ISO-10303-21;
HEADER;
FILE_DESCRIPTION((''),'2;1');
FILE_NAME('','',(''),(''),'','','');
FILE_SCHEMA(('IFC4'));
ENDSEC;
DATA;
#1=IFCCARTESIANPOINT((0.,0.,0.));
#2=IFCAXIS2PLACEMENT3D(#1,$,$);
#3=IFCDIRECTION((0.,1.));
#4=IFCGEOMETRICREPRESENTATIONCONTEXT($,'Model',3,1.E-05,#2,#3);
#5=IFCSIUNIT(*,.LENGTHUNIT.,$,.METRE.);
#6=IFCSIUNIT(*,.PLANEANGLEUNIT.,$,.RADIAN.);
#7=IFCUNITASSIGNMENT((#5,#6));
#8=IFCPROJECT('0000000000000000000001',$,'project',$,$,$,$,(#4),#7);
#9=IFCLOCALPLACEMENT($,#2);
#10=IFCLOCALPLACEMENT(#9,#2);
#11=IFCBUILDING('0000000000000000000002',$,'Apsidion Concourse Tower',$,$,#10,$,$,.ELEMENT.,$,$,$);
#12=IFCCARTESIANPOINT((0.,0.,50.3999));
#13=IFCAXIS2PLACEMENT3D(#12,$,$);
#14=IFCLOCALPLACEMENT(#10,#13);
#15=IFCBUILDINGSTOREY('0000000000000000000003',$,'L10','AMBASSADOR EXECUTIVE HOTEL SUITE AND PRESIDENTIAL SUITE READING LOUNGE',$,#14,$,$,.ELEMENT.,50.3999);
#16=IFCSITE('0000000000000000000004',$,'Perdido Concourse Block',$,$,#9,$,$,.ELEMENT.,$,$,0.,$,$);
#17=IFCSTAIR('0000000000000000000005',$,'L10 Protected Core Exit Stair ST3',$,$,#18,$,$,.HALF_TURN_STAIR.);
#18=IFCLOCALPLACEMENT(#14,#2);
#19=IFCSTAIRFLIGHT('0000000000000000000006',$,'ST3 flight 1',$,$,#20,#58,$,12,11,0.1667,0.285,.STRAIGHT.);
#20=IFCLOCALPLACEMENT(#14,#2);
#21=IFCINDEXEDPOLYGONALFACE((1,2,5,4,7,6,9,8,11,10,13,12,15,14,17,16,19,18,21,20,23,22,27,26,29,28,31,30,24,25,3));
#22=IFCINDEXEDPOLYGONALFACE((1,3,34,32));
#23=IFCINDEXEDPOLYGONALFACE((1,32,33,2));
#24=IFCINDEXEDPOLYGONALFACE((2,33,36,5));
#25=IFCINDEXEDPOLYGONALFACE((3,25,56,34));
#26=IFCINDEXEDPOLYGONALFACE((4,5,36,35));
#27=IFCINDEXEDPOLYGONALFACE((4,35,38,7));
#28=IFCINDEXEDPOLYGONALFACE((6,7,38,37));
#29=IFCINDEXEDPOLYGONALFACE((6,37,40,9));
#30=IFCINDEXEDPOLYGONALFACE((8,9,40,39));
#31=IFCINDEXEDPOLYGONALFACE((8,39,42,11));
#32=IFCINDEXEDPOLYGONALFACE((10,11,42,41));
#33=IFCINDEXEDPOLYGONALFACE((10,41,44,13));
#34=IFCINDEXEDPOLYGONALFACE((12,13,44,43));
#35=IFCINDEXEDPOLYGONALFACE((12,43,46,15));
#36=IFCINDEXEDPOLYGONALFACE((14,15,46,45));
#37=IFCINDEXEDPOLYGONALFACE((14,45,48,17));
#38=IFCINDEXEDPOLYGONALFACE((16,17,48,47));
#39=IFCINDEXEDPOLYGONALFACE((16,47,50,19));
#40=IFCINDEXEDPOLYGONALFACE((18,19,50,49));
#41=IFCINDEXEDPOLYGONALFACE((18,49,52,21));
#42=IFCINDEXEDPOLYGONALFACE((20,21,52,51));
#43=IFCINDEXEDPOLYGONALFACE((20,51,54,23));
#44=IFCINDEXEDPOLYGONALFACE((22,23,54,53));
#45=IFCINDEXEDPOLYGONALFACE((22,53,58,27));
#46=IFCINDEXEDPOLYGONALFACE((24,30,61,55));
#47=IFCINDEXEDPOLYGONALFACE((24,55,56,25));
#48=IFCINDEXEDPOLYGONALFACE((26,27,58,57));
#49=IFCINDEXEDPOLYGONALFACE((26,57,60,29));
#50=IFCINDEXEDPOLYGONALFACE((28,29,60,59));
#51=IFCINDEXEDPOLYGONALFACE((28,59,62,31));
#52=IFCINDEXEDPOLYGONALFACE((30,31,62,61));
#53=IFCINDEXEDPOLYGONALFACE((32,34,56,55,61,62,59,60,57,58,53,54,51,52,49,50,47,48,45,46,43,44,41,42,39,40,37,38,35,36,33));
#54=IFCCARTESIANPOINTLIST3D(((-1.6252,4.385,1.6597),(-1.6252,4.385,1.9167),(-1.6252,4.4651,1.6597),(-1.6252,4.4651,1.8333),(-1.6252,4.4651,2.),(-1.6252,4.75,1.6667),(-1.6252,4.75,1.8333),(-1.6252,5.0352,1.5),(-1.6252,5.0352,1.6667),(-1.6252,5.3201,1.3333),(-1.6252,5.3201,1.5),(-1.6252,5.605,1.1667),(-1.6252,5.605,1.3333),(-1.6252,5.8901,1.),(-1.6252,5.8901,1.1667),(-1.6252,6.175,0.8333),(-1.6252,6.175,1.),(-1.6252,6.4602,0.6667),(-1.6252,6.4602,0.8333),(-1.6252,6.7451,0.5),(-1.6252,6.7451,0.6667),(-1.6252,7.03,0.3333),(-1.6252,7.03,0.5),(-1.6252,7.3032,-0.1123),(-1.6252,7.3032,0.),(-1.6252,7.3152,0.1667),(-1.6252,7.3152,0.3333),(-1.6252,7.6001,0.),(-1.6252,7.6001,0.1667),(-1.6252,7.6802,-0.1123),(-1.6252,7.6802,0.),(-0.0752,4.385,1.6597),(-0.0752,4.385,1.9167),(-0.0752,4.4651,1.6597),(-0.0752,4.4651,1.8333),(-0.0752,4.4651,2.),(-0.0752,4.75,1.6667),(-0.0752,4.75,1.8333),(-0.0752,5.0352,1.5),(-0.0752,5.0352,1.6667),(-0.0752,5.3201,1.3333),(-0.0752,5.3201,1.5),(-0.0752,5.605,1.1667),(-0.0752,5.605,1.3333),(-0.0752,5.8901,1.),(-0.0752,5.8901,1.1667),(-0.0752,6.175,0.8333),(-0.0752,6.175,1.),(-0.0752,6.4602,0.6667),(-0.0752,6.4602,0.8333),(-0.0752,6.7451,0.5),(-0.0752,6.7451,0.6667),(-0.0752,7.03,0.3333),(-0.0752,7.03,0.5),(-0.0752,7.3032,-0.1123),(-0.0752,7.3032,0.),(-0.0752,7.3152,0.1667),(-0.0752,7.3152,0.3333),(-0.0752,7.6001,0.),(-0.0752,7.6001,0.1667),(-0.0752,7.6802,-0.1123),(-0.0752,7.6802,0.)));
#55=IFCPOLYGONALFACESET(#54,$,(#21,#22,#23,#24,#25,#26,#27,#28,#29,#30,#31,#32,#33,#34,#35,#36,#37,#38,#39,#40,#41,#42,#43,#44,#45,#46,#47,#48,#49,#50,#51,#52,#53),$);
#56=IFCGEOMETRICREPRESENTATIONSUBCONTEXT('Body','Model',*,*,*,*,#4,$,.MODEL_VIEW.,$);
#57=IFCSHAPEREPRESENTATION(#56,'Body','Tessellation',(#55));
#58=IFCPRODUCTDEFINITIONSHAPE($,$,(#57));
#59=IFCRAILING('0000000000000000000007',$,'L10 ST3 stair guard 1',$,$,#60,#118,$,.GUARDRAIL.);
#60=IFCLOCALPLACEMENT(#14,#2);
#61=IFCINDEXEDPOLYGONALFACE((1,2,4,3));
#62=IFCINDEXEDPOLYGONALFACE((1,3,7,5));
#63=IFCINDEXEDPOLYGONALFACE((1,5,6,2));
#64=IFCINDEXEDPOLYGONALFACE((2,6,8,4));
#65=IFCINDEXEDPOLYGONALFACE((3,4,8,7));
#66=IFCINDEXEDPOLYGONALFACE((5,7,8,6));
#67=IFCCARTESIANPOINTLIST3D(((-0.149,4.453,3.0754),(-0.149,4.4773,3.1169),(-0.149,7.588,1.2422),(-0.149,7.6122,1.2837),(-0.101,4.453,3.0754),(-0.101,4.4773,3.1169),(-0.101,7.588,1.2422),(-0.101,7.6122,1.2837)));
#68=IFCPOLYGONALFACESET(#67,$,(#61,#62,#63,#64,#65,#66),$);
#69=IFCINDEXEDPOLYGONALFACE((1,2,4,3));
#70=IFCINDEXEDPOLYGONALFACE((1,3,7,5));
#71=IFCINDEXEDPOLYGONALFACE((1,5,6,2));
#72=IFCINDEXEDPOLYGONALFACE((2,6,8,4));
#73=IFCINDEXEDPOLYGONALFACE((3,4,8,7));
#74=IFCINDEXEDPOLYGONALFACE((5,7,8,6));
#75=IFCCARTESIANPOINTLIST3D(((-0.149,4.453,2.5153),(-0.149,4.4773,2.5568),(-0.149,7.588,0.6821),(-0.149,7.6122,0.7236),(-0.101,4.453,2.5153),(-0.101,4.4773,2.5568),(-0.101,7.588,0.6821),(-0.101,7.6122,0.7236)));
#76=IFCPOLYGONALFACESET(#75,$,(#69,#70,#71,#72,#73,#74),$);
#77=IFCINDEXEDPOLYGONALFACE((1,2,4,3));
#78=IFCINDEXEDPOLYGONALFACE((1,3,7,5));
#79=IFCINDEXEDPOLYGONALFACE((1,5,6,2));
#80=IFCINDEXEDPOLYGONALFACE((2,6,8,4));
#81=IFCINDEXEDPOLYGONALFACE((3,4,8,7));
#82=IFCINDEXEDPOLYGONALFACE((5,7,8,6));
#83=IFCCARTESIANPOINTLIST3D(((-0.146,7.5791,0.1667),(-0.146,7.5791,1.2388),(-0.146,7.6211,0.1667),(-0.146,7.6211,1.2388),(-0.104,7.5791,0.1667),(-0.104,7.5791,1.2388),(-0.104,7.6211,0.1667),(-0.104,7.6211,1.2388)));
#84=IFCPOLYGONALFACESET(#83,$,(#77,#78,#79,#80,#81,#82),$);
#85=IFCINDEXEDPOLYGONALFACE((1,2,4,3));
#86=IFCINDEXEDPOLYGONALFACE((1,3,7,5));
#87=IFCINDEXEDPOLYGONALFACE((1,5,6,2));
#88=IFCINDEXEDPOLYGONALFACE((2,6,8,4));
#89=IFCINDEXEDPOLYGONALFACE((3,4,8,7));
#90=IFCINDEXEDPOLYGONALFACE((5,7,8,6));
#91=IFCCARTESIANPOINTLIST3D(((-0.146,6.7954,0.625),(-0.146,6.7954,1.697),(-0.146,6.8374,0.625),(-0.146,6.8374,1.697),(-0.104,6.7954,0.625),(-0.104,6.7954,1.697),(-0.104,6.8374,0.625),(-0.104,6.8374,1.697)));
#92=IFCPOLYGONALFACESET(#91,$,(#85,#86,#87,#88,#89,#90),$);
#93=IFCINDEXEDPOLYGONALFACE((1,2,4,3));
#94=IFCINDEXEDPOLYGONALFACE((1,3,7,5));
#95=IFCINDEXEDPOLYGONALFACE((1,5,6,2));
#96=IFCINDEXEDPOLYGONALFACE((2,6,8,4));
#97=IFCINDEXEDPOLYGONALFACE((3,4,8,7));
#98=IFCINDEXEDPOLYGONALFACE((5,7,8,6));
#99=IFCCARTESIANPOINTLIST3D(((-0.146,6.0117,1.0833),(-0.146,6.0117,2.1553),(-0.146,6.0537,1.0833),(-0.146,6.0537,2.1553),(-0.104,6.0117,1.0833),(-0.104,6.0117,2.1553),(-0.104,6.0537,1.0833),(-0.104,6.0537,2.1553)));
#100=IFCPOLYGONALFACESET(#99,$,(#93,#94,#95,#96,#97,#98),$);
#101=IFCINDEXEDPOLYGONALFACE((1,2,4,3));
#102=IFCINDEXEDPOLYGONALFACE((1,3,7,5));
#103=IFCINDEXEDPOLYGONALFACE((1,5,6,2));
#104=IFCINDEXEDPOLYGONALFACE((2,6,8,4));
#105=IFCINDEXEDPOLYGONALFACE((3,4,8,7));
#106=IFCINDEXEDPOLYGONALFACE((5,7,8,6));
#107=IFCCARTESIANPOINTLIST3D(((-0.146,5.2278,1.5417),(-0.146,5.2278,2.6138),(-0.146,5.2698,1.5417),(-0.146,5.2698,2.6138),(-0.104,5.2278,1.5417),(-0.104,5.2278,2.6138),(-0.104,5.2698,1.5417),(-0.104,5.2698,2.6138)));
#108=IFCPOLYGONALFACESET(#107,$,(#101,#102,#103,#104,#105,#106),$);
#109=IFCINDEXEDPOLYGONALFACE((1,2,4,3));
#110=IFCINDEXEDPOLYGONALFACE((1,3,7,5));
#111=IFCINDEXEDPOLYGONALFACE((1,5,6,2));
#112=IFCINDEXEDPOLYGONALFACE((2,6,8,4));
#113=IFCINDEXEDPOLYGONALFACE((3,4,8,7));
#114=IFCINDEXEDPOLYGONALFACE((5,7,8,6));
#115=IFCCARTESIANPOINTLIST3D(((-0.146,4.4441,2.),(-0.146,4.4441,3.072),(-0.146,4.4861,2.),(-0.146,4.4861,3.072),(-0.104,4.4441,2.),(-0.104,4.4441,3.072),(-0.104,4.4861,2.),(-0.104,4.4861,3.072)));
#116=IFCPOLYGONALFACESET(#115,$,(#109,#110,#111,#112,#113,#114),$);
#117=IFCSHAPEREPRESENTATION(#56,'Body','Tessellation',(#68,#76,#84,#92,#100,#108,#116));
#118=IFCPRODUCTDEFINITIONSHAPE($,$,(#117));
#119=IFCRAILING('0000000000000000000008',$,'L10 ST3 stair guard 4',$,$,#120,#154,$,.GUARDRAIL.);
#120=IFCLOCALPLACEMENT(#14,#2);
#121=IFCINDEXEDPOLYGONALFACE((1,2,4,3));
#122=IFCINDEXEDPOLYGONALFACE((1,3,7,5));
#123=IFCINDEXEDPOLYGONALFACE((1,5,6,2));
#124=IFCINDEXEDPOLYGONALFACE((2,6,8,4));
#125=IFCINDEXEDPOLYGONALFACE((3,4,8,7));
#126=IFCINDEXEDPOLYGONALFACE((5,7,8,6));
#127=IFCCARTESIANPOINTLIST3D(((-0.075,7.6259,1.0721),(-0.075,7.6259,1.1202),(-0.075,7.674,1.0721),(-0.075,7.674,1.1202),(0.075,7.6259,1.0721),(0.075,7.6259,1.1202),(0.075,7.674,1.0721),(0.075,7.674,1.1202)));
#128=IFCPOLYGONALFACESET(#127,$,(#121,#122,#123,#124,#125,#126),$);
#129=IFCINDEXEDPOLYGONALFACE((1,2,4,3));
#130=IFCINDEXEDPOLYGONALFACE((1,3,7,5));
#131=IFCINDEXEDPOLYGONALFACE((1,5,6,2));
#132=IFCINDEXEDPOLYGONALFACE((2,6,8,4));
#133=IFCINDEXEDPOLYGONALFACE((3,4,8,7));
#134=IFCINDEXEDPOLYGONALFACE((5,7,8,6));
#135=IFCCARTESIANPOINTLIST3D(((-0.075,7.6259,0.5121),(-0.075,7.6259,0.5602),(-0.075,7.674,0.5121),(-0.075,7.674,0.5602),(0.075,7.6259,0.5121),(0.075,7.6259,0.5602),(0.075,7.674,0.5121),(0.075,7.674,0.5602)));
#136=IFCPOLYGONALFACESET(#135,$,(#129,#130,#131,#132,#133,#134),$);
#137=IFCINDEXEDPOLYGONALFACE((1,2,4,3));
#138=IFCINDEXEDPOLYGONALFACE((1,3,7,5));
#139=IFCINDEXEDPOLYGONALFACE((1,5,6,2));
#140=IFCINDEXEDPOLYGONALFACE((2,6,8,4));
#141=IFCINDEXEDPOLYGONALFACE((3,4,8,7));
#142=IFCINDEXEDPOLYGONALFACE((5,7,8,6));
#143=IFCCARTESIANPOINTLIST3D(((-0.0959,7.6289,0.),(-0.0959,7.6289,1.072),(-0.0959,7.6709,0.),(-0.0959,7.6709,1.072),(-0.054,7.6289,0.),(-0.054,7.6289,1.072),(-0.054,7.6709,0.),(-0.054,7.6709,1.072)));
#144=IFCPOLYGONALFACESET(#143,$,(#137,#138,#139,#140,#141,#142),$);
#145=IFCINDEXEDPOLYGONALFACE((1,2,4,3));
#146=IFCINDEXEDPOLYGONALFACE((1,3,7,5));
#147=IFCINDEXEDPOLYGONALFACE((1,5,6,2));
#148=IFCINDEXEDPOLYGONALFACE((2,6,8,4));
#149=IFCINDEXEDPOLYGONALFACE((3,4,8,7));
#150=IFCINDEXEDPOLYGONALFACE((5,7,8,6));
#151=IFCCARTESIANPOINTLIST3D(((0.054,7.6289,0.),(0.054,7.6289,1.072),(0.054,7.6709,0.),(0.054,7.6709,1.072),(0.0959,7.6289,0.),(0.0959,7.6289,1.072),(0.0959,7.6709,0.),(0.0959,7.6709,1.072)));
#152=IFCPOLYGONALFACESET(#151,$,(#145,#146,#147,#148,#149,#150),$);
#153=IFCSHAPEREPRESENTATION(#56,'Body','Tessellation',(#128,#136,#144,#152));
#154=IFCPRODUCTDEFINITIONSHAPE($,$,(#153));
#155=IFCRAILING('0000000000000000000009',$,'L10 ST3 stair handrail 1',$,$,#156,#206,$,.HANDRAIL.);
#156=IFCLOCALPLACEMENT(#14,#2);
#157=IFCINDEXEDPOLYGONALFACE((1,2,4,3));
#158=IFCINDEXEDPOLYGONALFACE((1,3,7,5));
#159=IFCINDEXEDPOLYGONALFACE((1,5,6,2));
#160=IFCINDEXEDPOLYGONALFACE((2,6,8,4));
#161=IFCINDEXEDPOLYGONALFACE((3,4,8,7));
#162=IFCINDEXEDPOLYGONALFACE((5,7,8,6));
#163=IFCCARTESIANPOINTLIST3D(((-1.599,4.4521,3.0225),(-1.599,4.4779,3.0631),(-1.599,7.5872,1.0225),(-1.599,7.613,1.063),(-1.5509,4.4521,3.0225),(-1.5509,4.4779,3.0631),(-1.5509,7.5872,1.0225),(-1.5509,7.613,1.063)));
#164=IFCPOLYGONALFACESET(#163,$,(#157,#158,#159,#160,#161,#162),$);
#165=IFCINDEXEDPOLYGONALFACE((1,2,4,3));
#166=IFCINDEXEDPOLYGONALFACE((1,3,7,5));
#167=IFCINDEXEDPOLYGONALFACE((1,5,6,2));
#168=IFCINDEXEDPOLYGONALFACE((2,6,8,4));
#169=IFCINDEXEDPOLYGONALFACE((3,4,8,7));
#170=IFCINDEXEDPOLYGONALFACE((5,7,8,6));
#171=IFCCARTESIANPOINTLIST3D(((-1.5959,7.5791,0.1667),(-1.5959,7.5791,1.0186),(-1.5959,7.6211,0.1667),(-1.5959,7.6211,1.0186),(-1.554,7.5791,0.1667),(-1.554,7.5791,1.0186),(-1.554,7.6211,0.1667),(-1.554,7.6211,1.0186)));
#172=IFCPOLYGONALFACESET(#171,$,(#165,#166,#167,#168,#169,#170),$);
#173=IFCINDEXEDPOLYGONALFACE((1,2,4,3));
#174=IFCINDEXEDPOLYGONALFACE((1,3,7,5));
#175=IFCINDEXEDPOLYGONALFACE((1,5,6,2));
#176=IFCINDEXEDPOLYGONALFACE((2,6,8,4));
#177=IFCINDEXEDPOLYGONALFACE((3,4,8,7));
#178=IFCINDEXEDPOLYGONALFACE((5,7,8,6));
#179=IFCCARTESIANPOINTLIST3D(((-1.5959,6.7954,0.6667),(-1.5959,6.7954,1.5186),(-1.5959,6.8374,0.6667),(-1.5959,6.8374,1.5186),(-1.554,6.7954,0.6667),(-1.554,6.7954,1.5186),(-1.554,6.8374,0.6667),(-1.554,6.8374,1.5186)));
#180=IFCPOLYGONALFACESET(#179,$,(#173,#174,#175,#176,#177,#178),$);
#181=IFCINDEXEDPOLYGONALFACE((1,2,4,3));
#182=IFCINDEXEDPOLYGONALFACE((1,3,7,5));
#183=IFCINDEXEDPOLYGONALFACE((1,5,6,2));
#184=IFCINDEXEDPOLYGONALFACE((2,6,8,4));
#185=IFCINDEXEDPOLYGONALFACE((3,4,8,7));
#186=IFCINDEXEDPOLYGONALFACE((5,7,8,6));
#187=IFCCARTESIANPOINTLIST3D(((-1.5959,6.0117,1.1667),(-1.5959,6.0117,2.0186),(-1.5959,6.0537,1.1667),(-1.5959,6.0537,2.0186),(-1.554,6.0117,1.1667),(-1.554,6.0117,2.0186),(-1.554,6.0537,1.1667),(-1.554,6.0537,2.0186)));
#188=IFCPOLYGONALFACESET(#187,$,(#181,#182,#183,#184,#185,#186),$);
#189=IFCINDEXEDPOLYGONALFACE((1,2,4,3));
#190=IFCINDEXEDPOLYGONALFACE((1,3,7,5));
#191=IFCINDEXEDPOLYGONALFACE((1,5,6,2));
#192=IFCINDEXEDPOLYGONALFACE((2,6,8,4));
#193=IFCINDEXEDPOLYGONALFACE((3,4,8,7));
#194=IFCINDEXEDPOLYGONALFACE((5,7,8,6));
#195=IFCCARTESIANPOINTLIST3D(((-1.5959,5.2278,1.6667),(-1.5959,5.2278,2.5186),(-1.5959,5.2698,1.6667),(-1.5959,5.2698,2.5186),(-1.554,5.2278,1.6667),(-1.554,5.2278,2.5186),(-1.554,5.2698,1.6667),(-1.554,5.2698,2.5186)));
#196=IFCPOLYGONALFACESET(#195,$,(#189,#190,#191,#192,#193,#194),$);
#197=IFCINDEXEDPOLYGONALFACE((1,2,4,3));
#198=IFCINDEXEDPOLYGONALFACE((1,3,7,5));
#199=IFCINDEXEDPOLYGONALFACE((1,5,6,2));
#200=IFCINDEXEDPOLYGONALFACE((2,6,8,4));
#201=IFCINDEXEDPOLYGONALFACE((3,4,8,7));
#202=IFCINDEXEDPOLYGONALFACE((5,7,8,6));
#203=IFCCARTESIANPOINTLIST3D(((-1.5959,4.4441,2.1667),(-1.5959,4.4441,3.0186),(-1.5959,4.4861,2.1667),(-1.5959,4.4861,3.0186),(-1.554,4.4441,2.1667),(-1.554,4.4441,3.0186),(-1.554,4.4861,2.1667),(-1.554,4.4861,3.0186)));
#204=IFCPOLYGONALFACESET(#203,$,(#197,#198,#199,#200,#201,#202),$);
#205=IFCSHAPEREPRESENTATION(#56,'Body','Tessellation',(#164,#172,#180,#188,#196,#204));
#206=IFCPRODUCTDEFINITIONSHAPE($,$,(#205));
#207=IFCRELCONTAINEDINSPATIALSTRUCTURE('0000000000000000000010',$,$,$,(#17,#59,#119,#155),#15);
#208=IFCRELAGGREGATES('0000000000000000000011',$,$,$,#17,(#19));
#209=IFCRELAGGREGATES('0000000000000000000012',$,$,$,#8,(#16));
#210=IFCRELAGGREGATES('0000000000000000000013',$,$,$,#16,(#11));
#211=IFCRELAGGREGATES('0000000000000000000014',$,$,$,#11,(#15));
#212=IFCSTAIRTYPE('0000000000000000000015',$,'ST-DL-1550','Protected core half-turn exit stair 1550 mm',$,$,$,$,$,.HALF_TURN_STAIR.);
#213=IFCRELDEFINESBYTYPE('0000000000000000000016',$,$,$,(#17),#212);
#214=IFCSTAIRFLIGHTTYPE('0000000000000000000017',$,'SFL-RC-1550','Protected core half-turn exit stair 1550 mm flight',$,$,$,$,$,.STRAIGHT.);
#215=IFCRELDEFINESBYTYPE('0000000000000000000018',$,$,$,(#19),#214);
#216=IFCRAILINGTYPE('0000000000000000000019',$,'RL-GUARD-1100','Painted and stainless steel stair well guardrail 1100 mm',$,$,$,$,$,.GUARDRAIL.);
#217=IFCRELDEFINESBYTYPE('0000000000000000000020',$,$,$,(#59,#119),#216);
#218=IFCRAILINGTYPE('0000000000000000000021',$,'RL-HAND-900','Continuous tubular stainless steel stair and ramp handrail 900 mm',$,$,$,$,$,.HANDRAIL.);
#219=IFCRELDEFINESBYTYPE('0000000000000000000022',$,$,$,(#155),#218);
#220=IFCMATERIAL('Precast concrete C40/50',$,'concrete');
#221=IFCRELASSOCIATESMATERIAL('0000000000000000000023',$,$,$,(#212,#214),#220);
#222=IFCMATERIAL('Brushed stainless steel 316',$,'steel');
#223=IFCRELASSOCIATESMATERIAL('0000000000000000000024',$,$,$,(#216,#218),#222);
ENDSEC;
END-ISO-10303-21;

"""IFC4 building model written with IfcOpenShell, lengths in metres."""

from ifc_helpers import new_model, si_unit, direction, frame, origin, origin_2d, place, context, subcontext, project, spatial, polyline, rectangle, outline, extrude, material, type_object, element, aggregate, save


model = new_model("IFC4")

# Units and contexts
model_context = context("Model", 3, precision=1e-05, world=origin(), true_north=direction((0.0, 1.0)))
body_context = subcontext(model_context, "Body", "Model", "MODEL_VIEW")
ifc_project = project(units=[si_unit("LENGTHUNIT", "METRE"), si_unit("PLANEANGLEUNIT", "RADIAN")], contexts=[model_context])

# Site, building, storey
site_placement = place(None, origin())
site = spatial("IfcSite", under=ifc_project, at=site_placement, Name="Perdido Concourse Block", CompositionType="ELEMENT", RefElevation=0.0)
building_placement = place(site_placement, origin())
building = spatial("IfcBuilding", under=site, at=building_placement, Name="Apsidion Concourse Tower", CompositionType="ELEMENT")
storey_placement = place(building_placement, frame((0.0, 0.0, 50.3999)))
storey = spatial("IfcBuildingStorey", under=building, at=storey_placement, Name="L10", Description="AMBASSADOR EXECUTIVE HOTEL SUITE AND PRESIDENTIAL SUITE READING LOUNGE", CompositionType="ELEMENT", Elevation=50.3999)

# Shared definitions
ifc_material_1 = material(Name="Brushed stainless steel 316", Category="steel")

# Stair, stair flight
ifc_material_2 = material(Name="Precast concrete C40/50", Category="concrete")
stair_type = type_object("IfcStairType", Name="ST-DL-1550", Description="Protected core half-turn exit stair 1550 mm", PredefinedType="HALF_TURN_STAIR", material=ifc_material_2)
stair_placement = place(storey_placement, origin())
stair = element("IfcStair", 1, at=stair_placement, inside=storey, type_object=stair_type, Name="L10 Protected Core Exit Stair ST3", PredefinedType="HALF_TURN_STAIR")
stair_flight_type = type_object("IfcStairFlightType", Name="SFL-RC-1550", Description="Protected core half-turn exit stair 1550 mm flight", PredefinedType="STRAIGHT", material=ifc_material_2)
stair_flight_placement = place(storey_placement, frame((-0.8501, 7.6001, 0.0), z_axis=(0.0, 0.0, 1.0), x_axis=(0.0, -1.0, 0.0)))
stair_flight = element("IfcStairFlight", 2, at=stair_flight_placement, type_object=stair_flight_type, Name="ST3 flight 1", NumberOfRisers=12, NumberOfTreads=11, PredefinedType="STRAIGHT", RiserHeight=0.1667, TreadLength=0.285, context=body_context, shape_type="SweptSolid", body=[
    extrude(outline(polyline([(-0.0801, -0.1123), (-0.0801, 0.0), (0.0, 0.0), (0.0, 0.1667), (0.2849, 0.1667), (0.2849, 0.3333), (0.5701, 0.3333), (0.5701, 0.5), (0.855, 0.5), (0.855, 0.6667), (1.1399, 0.6667), (1.1399, 0.8333), (1.425, 0.8333), (1.425, 1.0), (1.71, 1.0), (1.71, 1.1667), (1.9951, 1.1667), (1.9951, 1.3333), (2.28, 1.3333), (2.28, 1.5), (2.5649, 1.5), (2.5649, 1.6667), (2.8501, 1.6667), (2.8501, 1.8333), (3.135, 1.8333), (3.135, 2.0), (3.2151, 1.9167), (3.2151, 1.6597), (3.135, 1.6597), (0.2969, 0.0), (0.2969, -0.1123), (-0.0801, -0.1123)])), frame((0.0, 0.7749, 0.0), z_axis=(0.0, -1.0, 0.0), x_axis=(1.0, 0.0, 0.0)), (0.0, 0.0, 1.0), 1.55),
])
aggregate(stair, [stair_flight])

# Railings
railing_type_1 = type_object("IfcRailingType", Name="RL-GUARD-1100", Description="Painted and stainless steel stair well guardrail 1100 mm", PredefinedType="GUARDRAIL", material=ifc_material_1)
railing_1_placement = place(storey_placement, frame((-0.125, 7.6001, 0.1667)))
element("IfcRailing", 3, at=railing_1_placement, inside=storey, type_object=railing_type_1, Name="L10 ST3 stair guard 1", PredefinedType="GUARDRAIL", context=body_context, shape_type="SweptSolid", body=[
    extrude(rectangle(XDim=0.0481, YDim=0.0481, at=origin_2d()), frame((0.0, 0.0, 1.0962), z_axis=(0.0, -0.86324, 0.504794), x_axis=(1.0, 0.0, 0.0)), (0.0, 0.0, 1.0), 3.6316),
    extrude(rectangle(XDim=0.0481, YDim=0.0481, at=origin_2d()), frame((0.0, 0.0, 0.5361), z_axis=(0.0, -0.86324, 0.504794), x_axis=(1.0, 0.0, 0.0)), (0.0, 0.0, 1.0), 3.6316),
    extrude(rectangle(XDim=0.042, YDim=0.042, at=origin_2d()), origin(), (0.0, 0.0, 1.0), 1.072),
    extrude(rectangle(XDim=0.042, YDim=0.042, at=origin_2d()), frame((0.0, -0.7837, 0.4583)), (0.0, 0.0, 1.0), 1.072),
    extrude(rectangle(XDim=0.042, YDim=0.042, at=origin_2d()), frame((0.0, -1.5674, 0.9165)), (0.0, 0.0, 1.0), 1.072),
    extrude(rectangle(XDim=0.042, YDim=0.042, at=origin_2d()), frame((0.0, -2.3513, 1.375)), (0.0, 0.0, 1.0), 1.072),
    extrude(rectangle(XDim=0.042, YDim=0.042, at=origin_2d()), frame((0.0, -3.135, 1.8333)), (0.0, 0.0, 1.0), 1.072),
])
railing_2_placement = place(storey_placement, frame((-0.075, 7.6499, 0.0)))
element("IfcRailing", 4, at=railing_2_placement, inside=storey, type_object=railing_type_1, Name="L10 ST3 stair guard 4", PredefinedType="GUARDRAIL", context=body_context, shape_type="SweptSolid", body=[
    extrude(rectangle(XDim=0.0481, YDim=0.0481, at=origin_2d()), frame((0.0, 0.0, 1.0962), z_axis=(1.0, 0.0, 0.0), x_axis=(0.0, 1.0, 0.0)), (0.0, 0.0, 1.0), 0.1499),
    extrude(rectangle(XDim=0.0481, YDim=0.0481, at=origin_2d()), frame((0.0, 0.0, 0.5361), z_axis=(1.0, 0.0, 0.0), x_axis=(0.0, 1.0, 0.0)), (0.0, 0.0, 1.0), 0.1499),
    extrude(rectangle(XDim=0.042, YDim=0.042, at=origin_2d()), origin(), (0.0, 0.0, 1.0), 1.072),
    extrude(rectangle(XDim=0.042, YDim=0.042, at=origin_2d()), frame((0.1499, 0.0, 0.0)), (0.0, 0.0, 1.0), 1.072),
])
railing_type_2 = type_object("IfcRailingType", Name="RL-HAND-900", Description="Continuous tubular stainless steel stair and ramp handrail 900 mm", PredefinedType="HANDRAIL", material=ifc_material_1)
railing_3_placement = place(storey_placement, frame((-1.575, 7.6001, 0.1667)))
element("IfcRailing", 5, at=railing_3_placement, inside=storey, type_object=railing_type_2, Name="L10 ST3 stair handrail 1", PredefinedType="HANDRAIL", context=body_context, shape_type="SweptSolid", body=[
    extrude(rectangle(XDim=0.0481, YDim=0.0481, at=origin_2d()), frame((0.0, 0.0, 0.876), z_axis=(0.0, -0.843053, 0.537831), x_axis=(1.0, 0.0, 0.0)), (0.0, 0.0, 1.0), 3.7188),
    extrude(rectangle(XDim=0.042, YDim=0.042, at=origin_2d()), origin(), (0.0, 0.0, 1.0), 0.8518),
    extrude(rectangle(XDim=0.042, YDim=0.042, at=origin_2d()), frame((0.0, -0.7837, 0.5)), (0.0, 0.0, 1.0), 0.8518),
    extrude(rectangle(XDim=0.042, YDim=0.042, at=origin_2d()), frame((0.0, -1.5674, 1.0)), (0.0, 0.0, 1.0), 0.8518),
    extrude(rectangle(XDim=0.042, YDim=0.042, at=origin_2d()), frame((0.0, -2.3513, 1.5)), (0.0, 0.0, 1.0), 0.8518),
    extrude(rectangle(XDim=0.042, YDim=0.042, at=origin_2d()), frame((0.0, -3.135, 2.0)), (0.0, 0.0, 1.0), 0.8518),
])

save(model, "model.ifc")
